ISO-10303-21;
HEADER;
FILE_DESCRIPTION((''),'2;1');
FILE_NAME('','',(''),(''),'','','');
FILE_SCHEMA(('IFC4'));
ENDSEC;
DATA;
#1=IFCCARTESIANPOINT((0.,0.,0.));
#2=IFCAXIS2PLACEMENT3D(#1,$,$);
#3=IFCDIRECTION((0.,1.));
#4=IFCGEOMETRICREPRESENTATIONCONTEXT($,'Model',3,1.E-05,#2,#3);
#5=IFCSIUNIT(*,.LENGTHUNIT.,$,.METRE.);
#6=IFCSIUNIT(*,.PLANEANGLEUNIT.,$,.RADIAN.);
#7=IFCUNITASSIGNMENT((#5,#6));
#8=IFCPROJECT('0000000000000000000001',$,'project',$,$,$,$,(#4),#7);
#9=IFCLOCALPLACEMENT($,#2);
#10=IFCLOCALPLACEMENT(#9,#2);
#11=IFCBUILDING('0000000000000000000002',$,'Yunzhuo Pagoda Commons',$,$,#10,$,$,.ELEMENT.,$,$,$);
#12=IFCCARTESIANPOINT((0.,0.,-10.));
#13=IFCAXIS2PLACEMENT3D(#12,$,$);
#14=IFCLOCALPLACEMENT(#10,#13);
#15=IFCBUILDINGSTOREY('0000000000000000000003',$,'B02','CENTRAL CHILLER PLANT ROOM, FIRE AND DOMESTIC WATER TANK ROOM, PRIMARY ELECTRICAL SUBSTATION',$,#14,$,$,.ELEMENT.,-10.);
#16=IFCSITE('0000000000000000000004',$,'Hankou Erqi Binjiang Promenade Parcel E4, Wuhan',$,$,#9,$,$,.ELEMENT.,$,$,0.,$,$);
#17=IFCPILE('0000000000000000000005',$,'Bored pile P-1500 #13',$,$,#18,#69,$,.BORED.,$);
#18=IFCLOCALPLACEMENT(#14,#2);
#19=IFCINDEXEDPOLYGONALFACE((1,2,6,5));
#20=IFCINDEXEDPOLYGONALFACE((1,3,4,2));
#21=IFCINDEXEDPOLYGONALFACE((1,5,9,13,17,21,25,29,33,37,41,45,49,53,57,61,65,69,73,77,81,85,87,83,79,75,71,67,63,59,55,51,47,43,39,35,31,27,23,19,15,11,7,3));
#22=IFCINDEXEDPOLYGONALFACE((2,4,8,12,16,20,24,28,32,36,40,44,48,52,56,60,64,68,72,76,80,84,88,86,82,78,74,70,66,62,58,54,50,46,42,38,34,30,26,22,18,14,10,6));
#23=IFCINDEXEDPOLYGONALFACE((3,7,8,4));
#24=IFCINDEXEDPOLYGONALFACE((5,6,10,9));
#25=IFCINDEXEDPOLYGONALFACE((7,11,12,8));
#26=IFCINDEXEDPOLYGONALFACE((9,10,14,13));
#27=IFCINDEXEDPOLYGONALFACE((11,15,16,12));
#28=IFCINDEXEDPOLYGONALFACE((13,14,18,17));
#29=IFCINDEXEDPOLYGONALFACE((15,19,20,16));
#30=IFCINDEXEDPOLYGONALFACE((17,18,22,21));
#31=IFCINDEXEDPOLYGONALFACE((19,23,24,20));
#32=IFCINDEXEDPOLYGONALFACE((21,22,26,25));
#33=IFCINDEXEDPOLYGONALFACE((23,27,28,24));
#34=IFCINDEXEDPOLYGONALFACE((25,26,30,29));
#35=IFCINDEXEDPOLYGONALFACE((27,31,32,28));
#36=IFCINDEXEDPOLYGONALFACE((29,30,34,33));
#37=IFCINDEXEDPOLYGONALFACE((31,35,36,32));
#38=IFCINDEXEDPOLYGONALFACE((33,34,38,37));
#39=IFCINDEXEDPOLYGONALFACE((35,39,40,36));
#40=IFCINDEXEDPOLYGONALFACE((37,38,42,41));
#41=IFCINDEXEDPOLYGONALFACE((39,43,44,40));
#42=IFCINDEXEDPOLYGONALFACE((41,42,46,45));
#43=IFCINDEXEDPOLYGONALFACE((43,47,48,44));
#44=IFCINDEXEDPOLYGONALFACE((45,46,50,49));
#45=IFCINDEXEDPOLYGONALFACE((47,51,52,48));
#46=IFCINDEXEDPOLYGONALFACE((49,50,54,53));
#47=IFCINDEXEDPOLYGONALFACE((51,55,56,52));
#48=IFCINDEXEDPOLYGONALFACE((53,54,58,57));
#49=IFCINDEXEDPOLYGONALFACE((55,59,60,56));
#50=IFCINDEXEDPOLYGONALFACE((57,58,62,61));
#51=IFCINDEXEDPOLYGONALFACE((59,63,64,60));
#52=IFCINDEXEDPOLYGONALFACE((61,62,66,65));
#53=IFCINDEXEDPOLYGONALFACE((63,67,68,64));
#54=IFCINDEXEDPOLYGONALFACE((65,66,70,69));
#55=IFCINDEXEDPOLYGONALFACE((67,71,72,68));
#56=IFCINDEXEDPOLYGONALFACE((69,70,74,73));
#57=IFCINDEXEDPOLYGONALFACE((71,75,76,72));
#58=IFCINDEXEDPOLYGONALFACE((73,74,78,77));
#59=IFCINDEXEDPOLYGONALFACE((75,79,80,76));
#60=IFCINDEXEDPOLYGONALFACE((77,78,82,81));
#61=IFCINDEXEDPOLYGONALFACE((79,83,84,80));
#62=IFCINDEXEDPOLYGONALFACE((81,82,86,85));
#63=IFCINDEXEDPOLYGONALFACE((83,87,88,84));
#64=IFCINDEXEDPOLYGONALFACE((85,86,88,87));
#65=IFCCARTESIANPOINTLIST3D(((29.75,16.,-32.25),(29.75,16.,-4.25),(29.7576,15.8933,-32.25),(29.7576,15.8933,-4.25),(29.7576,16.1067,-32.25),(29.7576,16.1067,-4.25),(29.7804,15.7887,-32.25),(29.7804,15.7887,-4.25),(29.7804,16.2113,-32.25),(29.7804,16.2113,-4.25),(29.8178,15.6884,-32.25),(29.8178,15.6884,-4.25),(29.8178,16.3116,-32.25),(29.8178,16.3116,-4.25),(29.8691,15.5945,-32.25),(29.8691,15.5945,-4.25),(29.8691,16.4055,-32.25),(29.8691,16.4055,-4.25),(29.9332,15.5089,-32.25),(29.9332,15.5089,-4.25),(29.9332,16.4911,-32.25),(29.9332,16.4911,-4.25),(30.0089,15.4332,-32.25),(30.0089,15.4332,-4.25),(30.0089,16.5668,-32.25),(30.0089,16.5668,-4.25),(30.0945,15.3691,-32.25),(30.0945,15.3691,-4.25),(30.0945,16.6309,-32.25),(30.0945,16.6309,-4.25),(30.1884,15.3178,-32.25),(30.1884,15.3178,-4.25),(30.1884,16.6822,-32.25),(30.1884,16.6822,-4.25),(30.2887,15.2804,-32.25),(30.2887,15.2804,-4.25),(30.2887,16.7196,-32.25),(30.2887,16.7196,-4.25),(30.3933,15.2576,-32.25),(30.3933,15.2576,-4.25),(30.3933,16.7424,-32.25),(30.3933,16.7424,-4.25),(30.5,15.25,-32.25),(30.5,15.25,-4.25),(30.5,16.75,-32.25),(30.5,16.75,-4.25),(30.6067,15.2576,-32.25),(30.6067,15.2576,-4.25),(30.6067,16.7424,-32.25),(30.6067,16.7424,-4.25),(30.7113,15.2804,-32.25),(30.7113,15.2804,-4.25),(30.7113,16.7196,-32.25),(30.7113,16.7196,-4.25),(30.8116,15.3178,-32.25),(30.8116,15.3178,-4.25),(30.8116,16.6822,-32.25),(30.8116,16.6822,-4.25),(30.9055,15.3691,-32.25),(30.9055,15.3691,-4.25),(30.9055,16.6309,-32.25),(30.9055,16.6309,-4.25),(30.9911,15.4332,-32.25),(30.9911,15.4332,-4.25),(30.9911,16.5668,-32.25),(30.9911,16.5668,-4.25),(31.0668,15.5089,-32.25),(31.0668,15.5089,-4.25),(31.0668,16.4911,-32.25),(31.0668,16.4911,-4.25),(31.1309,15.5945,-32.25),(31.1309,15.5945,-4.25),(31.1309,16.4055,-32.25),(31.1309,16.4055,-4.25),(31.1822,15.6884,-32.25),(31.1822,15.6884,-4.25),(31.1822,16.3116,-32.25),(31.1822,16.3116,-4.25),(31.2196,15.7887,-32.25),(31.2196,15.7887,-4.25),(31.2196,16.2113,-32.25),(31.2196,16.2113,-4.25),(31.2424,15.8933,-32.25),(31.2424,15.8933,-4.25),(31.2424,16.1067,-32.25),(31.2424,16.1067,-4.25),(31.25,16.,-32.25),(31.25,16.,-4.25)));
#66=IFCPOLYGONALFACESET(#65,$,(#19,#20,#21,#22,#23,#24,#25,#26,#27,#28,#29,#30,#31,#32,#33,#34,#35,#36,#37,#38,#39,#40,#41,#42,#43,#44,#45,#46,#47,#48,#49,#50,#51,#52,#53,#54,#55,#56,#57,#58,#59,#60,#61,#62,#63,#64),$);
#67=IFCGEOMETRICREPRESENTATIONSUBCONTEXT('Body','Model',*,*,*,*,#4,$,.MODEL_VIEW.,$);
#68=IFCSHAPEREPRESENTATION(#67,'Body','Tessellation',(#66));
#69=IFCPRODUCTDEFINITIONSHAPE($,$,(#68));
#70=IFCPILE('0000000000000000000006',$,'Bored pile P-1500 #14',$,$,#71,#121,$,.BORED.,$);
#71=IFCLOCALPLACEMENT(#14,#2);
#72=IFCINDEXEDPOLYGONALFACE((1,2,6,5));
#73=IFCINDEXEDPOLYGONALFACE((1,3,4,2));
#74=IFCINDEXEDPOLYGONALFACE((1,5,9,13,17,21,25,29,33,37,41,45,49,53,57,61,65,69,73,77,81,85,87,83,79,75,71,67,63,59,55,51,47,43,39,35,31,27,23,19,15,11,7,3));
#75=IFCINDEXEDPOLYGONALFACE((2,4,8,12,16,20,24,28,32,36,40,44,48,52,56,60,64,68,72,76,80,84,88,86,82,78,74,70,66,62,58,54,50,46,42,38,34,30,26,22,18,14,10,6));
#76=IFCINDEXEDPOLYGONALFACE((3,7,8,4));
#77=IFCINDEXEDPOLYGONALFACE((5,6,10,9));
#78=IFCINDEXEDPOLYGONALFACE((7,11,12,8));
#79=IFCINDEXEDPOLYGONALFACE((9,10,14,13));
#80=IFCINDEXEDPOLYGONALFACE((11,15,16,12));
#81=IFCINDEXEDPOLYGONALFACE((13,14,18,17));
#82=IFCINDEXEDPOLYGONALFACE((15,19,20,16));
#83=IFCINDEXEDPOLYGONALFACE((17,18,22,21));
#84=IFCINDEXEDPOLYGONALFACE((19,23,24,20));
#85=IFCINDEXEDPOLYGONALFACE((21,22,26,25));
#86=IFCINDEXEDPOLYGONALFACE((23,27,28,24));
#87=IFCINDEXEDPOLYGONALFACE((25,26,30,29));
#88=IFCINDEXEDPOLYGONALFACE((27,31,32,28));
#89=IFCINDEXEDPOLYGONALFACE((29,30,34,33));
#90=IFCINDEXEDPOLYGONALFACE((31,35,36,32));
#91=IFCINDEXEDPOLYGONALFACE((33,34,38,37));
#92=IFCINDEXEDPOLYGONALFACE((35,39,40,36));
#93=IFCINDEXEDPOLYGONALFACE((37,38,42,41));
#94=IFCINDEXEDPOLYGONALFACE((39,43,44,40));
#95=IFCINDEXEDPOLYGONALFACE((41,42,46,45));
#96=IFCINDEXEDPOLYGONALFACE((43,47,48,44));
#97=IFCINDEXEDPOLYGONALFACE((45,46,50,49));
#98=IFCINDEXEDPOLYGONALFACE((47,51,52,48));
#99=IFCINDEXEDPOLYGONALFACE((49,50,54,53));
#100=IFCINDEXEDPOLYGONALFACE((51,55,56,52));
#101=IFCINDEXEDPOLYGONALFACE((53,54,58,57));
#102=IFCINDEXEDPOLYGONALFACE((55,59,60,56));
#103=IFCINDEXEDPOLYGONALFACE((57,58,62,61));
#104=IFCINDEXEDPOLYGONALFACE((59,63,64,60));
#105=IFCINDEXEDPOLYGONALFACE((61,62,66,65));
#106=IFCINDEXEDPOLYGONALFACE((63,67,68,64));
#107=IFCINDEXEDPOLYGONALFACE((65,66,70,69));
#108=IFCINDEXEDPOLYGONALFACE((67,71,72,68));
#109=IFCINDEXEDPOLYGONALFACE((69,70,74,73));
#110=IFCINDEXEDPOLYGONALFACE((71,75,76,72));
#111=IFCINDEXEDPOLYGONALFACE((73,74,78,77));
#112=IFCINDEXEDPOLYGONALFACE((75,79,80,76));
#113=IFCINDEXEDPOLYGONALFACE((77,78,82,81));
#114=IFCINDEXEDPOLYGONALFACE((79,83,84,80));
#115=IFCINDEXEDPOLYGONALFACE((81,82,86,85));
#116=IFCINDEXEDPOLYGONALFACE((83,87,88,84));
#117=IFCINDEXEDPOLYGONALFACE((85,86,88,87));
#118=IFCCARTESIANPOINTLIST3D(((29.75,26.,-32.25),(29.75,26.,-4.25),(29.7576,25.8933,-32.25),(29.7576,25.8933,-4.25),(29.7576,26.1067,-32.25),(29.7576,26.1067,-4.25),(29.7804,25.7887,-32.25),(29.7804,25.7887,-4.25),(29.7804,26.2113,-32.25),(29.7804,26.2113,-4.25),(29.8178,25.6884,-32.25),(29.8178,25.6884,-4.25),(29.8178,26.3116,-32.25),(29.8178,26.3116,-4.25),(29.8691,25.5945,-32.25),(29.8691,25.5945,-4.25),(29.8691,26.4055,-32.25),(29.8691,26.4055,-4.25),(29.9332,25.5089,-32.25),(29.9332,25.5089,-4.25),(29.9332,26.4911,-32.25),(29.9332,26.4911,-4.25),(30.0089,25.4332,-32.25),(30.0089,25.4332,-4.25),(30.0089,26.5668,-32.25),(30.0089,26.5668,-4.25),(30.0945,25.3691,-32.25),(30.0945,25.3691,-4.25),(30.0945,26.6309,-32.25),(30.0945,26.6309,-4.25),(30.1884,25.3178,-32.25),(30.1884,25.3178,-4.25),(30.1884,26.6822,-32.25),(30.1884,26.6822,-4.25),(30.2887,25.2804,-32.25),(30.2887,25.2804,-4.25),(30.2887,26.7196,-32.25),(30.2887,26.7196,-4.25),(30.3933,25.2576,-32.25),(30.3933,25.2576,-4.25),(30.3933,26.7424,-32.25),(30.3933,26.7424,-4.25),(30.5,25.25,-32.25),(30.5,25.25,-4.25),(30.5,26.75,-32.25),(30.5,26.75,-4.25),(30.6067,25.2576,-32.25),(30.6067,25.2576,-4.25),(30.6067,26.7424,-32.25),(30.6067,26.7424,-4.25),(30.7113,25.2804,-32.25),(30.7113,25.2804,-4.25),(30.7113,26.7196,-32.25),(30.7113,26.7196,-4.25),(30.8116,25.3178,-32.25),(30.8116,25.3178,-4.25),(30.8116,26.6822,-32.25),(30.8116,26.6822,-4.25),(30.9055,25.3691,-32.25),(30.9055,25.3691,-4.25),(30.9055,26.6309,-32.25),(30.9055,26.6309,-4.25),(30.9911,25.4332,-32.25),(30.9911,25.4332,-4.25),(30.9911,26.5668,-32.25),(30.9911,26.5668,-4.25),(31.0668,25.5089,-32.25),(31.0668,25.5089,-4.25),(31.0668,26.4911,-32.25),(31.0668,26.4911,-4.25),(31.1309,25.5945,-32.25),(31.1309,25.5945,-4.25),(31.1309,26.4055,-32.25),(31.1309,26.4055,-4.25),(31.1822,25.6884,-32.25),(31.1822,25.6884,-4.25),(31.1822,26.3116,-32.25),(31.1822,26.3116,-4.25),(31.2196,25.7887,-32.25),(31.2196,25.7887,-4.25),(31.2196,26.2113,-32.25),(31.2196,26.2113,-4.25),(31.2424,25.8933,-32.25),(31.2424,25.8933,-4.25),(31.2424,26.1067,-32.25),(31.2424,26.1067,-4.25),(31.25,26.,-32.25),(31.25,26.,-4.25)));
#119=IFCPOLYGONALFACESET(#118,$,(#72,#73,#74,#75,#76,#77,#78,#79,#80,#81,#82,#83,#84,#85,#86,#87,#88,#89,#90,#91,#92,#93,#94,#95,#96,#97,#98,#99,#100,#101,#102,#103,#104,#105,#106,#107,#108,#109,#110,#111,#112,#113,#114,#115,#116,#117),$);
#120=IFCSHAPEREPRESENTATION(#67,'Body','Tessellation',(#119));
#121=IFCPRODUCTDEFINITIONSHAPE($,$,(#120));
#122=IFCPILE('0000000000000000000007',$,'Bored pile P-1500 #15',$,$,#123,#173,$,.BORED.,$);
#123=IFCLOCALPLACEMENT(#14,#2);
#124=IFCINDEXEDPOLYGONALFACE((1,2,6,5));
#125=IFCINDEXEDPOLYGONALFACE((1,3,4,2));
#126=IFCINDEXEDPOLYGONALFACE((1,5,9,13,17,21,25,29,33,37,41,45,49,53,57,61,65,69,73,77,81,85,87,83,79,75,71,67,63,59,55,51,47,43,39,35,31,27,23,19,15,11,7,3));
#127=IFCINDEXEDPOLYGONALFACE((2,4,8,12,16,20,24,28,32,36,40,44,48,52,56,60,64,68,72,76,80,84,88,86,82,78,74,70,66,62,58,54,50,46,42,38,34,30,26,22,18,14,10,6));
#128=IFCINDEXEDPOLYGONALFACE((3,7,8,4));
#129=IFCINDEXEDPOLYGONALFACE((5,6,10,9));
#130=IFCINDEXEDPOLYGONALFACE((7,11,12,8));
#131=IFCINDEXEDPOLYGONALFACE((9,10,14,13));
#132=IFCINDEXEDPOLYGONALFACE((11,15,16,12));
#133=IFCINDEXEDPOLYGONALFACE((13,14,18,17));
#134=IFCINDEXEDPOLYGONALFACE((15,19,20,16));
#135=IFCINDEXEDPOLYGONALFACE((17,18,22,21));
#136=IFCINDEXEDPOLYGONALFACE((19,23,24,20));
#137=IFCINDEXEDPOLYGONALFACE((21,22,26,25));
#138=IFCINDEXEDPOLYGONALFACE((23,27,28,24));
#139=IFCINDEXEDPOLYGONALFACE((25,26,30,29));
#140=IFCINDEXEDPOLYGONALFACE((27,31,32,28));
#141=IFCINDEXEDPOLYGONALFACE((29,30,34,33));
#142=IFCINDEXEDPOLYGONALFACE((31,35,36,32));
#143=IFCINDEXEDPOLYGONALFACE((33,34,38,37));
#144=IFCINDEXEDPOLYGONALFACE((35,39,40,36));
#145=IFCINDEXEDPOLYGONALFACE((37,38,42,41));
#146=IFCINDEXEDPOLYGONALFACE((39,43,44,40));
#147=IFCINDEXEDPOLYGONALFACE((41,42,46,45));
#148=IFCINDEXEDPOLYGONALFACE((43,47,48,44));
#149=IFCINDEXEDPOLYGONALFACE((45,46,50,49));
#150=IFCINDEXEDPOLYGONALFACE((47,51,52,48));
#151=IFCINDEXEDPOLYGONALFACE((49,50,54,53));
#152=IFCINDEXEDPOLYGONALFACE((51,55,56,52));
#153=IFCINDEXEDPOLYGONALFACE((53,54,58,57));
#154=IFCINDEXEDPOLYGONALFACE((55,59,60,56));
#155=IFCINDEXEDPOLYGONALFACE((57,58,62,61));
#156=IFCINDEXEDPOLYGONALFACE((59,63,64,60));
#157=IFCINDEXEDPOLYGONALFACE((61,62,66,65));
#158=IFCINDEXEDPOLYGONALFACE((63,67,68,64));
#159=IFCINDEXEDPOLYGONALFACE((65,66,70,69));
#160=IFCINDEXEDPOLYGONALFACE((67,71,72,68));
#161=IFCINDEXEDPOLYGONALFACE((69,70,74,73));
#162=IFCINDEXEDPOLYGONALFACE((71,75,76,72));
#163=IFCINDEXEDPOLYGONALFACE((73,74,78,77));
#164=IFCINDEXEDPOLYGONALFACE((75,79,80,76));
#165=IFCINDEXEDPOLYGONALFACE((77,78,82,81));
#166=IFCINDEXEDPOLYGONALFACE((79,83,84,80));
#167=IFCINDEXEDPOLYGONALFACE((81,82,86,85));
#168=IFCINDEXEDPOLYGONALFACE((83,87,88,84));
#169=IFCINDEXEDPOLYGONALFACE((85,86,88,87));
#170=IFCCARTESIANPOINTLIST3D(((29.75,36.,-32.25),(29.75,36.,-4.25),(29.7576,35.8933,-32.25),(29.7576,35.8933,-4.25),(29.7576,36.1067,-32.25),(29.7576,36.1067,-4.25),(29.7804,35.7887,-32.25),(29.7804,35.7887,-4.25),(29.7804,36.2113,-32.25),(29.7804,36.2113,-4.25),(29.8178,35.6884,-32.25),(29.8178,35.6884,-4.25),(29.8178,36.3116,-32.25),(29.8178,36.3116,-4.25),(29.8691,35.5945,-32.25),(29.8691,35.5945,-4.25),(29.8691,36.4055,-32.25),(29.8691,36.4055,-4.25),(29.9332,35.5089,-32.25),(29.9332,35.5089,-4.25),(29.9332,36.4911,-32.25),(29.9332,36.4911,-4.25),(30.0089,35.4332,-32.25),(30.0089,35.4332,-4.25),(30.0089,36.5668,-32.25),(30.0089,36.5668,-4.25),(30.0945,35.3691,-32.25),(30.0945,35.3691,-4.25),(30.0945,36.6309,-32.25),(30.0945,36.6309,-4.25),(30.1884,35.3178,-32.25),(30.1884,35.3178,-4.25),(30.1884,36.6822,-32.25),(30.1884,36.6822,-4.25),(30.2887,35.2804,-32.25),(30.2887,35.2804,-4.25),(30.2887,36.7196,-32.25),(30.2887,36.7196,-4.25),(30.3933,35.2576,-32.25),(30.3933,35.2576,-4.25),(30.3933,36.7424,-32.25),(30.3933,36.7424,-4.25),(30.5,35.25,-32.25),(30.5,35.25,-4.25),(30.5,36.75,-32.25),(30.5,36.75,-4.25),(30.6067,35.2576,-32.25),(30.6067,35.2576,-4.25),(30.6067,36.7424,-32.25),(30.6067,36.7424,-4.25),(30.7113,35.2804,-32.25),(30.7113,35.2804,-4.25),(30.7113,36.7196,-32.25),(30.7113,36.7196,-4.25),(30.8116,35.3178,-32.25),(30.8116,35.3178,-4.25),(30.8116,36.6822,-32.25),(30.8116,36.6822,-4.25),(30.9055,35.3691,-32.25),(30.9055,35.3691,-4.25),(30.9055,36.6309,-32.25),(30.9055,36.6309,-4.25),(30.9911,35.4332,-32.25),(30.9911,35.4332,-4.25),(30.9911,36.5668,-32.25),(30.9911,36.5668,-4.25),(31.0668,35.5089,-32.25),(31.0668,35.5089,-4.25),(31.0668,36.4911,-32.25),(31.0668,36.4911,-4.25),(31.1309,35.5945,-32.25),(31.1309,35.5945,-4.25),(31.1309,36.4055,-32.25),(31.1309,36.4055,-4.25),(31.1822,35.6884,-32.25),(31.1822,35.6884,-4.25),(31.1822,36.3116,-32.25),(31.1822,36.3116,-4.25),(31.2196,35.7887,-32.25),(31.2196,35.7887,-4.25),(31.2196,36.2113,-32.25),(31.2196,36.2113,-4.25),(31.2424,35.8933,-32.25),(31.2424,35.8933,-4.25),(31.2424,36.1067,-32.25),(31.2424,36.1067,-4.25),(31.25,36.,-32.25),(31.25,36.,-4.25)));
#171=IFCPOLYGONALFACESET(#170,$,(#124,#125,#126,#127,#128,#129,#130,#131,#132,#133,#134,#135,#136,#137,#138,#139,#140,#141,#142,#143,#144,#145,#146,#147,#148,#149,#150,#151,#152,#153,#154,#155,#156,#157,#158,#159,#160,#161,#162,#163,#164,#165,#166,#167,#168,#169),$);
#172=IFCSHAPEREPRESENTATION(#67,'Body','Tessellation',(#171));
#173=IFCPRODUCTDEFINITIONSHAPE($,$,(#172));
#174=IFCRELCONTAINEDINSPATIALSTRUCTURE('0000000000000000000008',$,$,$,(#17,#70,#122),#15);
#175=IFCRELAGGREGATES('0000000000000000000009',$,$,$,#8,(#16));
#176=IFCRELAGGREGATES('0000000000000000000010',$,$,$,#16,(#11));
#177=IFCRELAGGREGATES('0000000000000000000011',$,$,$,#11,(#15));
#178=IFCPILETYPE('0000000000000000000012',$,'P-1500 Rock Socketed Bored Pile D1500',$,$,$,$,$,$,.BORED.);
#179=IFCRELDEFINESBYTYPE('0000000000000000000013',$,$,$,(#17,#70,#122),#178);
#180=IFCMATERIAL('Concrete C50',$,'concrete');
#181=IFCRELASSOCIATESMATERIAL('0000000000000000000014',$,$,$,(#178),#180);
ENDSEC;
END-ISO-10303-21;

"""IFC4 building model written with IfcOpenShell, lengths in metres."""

from ifc_helpers import new_model, si_unit, direction, frame, origin, origin_2d, place, context, subcontext, project, spatial, circle, extrude, source, transform, mapped, material, material_profile, profile_set, type_object, element, save


model = new_model("IFC4")

# Units and contexts
model_context = context("Model", 3, precision=1e-05, world=origin(), true_north=direction((0.0, 1.0)))
body_context = subcontext(model_context, "Body", "Model", "MODEL_VIEW")
ifc_project = project(units=[si_unit("LENGTHUNIT", "METRE"), si_unit("PLANEANGLEUNIT", "RADIAN")], contexts=[model_context])

# Site, building, storey
site_placement = place(None, origin())
site = spatial("IfcSite", under=ifc_project, at=site_placement, Name="Hankou Erqi Binjiang Promenade Parcel E4, Wuhan", CompositionType="ELEMENT", RefElevation=0.0)
building_placement = place(site_placement, origin())
building = spatial("IfcBuilding", under=site, at=building_placement, Name="Yunzhuo Pagoda Commons", CompositionType="ELEMENT")
storey_placement = place(building_placement, frame((0.0, 0.0, -10.0)))
storey = spatial("IfcBuildingStorey", under=building, at=storey_placement, Name="B02", Description="CENTRAL CHILLER PLANT ROOM, FIRE AND DOMESTIC WATER TANK ROOM, PRIMARY ELECTRICAL SUBSTATION", CompositionType="ELEMENT", Elevation=-10.0)

# Shared definitions
ifc_material_1 = material(Name="Concrete C50", Category="concrete")

# Piles
ifc_material_profile_1 = material_profile(ifc_material_1, circle(Radius=0.75, at=origin_2d()), Name="Concrete C50")
ifc_profile_set_1 = profile_set([ifc_material_profile_1], Name="Concrete C50")
pile_type_1 = type_object("IfcPileType", Name="P-1500 Rock Socketed Bored Pile D1500", PredefinedType="BORED", material=ifc_profile_set_1)
shared_shape_1 = source(origin(), body_context, "Body", "SweptSolid", [
    extrude(circle(Radius=0.75, at=origin_2d()), origin(), (0.0, 0.0, 1.0), 28.0),
])
for number, where, z_axis, x_axis, name in (
    (1, (30.5, 16.0, -4.25), (0.0, 0.0, -1.0), (1.0, 0.0, 0.0), "Bored pile P-1500 #13"),
    (2, (30.5, 26.0, -4.25), (0.0, 0.0, -1.0), (1.0, 0.0, 0.0), "Bored pile P-1500 #14"),
    (3, (30.5, 36.0, -4.25), (0.0, 0.0, -1.0), (1.0, 0.0, 0.0), "Bored pile P-1500 #15"),
):
    element("IfcPile", number, at=place(storey_placement, frame(where, z_axis=z_axis, x_axis=x_axis)), inside=storey, type_object=pile_type_1, Name=name, PredefinedType="BORED", context=body_context, shape_type="MappedRepresentation", body=[
        mapped(shared_shape_1, transform((0.0, 0.0, 0.0), scale=1.0)),
    ])

save(model, "model.ifc")
